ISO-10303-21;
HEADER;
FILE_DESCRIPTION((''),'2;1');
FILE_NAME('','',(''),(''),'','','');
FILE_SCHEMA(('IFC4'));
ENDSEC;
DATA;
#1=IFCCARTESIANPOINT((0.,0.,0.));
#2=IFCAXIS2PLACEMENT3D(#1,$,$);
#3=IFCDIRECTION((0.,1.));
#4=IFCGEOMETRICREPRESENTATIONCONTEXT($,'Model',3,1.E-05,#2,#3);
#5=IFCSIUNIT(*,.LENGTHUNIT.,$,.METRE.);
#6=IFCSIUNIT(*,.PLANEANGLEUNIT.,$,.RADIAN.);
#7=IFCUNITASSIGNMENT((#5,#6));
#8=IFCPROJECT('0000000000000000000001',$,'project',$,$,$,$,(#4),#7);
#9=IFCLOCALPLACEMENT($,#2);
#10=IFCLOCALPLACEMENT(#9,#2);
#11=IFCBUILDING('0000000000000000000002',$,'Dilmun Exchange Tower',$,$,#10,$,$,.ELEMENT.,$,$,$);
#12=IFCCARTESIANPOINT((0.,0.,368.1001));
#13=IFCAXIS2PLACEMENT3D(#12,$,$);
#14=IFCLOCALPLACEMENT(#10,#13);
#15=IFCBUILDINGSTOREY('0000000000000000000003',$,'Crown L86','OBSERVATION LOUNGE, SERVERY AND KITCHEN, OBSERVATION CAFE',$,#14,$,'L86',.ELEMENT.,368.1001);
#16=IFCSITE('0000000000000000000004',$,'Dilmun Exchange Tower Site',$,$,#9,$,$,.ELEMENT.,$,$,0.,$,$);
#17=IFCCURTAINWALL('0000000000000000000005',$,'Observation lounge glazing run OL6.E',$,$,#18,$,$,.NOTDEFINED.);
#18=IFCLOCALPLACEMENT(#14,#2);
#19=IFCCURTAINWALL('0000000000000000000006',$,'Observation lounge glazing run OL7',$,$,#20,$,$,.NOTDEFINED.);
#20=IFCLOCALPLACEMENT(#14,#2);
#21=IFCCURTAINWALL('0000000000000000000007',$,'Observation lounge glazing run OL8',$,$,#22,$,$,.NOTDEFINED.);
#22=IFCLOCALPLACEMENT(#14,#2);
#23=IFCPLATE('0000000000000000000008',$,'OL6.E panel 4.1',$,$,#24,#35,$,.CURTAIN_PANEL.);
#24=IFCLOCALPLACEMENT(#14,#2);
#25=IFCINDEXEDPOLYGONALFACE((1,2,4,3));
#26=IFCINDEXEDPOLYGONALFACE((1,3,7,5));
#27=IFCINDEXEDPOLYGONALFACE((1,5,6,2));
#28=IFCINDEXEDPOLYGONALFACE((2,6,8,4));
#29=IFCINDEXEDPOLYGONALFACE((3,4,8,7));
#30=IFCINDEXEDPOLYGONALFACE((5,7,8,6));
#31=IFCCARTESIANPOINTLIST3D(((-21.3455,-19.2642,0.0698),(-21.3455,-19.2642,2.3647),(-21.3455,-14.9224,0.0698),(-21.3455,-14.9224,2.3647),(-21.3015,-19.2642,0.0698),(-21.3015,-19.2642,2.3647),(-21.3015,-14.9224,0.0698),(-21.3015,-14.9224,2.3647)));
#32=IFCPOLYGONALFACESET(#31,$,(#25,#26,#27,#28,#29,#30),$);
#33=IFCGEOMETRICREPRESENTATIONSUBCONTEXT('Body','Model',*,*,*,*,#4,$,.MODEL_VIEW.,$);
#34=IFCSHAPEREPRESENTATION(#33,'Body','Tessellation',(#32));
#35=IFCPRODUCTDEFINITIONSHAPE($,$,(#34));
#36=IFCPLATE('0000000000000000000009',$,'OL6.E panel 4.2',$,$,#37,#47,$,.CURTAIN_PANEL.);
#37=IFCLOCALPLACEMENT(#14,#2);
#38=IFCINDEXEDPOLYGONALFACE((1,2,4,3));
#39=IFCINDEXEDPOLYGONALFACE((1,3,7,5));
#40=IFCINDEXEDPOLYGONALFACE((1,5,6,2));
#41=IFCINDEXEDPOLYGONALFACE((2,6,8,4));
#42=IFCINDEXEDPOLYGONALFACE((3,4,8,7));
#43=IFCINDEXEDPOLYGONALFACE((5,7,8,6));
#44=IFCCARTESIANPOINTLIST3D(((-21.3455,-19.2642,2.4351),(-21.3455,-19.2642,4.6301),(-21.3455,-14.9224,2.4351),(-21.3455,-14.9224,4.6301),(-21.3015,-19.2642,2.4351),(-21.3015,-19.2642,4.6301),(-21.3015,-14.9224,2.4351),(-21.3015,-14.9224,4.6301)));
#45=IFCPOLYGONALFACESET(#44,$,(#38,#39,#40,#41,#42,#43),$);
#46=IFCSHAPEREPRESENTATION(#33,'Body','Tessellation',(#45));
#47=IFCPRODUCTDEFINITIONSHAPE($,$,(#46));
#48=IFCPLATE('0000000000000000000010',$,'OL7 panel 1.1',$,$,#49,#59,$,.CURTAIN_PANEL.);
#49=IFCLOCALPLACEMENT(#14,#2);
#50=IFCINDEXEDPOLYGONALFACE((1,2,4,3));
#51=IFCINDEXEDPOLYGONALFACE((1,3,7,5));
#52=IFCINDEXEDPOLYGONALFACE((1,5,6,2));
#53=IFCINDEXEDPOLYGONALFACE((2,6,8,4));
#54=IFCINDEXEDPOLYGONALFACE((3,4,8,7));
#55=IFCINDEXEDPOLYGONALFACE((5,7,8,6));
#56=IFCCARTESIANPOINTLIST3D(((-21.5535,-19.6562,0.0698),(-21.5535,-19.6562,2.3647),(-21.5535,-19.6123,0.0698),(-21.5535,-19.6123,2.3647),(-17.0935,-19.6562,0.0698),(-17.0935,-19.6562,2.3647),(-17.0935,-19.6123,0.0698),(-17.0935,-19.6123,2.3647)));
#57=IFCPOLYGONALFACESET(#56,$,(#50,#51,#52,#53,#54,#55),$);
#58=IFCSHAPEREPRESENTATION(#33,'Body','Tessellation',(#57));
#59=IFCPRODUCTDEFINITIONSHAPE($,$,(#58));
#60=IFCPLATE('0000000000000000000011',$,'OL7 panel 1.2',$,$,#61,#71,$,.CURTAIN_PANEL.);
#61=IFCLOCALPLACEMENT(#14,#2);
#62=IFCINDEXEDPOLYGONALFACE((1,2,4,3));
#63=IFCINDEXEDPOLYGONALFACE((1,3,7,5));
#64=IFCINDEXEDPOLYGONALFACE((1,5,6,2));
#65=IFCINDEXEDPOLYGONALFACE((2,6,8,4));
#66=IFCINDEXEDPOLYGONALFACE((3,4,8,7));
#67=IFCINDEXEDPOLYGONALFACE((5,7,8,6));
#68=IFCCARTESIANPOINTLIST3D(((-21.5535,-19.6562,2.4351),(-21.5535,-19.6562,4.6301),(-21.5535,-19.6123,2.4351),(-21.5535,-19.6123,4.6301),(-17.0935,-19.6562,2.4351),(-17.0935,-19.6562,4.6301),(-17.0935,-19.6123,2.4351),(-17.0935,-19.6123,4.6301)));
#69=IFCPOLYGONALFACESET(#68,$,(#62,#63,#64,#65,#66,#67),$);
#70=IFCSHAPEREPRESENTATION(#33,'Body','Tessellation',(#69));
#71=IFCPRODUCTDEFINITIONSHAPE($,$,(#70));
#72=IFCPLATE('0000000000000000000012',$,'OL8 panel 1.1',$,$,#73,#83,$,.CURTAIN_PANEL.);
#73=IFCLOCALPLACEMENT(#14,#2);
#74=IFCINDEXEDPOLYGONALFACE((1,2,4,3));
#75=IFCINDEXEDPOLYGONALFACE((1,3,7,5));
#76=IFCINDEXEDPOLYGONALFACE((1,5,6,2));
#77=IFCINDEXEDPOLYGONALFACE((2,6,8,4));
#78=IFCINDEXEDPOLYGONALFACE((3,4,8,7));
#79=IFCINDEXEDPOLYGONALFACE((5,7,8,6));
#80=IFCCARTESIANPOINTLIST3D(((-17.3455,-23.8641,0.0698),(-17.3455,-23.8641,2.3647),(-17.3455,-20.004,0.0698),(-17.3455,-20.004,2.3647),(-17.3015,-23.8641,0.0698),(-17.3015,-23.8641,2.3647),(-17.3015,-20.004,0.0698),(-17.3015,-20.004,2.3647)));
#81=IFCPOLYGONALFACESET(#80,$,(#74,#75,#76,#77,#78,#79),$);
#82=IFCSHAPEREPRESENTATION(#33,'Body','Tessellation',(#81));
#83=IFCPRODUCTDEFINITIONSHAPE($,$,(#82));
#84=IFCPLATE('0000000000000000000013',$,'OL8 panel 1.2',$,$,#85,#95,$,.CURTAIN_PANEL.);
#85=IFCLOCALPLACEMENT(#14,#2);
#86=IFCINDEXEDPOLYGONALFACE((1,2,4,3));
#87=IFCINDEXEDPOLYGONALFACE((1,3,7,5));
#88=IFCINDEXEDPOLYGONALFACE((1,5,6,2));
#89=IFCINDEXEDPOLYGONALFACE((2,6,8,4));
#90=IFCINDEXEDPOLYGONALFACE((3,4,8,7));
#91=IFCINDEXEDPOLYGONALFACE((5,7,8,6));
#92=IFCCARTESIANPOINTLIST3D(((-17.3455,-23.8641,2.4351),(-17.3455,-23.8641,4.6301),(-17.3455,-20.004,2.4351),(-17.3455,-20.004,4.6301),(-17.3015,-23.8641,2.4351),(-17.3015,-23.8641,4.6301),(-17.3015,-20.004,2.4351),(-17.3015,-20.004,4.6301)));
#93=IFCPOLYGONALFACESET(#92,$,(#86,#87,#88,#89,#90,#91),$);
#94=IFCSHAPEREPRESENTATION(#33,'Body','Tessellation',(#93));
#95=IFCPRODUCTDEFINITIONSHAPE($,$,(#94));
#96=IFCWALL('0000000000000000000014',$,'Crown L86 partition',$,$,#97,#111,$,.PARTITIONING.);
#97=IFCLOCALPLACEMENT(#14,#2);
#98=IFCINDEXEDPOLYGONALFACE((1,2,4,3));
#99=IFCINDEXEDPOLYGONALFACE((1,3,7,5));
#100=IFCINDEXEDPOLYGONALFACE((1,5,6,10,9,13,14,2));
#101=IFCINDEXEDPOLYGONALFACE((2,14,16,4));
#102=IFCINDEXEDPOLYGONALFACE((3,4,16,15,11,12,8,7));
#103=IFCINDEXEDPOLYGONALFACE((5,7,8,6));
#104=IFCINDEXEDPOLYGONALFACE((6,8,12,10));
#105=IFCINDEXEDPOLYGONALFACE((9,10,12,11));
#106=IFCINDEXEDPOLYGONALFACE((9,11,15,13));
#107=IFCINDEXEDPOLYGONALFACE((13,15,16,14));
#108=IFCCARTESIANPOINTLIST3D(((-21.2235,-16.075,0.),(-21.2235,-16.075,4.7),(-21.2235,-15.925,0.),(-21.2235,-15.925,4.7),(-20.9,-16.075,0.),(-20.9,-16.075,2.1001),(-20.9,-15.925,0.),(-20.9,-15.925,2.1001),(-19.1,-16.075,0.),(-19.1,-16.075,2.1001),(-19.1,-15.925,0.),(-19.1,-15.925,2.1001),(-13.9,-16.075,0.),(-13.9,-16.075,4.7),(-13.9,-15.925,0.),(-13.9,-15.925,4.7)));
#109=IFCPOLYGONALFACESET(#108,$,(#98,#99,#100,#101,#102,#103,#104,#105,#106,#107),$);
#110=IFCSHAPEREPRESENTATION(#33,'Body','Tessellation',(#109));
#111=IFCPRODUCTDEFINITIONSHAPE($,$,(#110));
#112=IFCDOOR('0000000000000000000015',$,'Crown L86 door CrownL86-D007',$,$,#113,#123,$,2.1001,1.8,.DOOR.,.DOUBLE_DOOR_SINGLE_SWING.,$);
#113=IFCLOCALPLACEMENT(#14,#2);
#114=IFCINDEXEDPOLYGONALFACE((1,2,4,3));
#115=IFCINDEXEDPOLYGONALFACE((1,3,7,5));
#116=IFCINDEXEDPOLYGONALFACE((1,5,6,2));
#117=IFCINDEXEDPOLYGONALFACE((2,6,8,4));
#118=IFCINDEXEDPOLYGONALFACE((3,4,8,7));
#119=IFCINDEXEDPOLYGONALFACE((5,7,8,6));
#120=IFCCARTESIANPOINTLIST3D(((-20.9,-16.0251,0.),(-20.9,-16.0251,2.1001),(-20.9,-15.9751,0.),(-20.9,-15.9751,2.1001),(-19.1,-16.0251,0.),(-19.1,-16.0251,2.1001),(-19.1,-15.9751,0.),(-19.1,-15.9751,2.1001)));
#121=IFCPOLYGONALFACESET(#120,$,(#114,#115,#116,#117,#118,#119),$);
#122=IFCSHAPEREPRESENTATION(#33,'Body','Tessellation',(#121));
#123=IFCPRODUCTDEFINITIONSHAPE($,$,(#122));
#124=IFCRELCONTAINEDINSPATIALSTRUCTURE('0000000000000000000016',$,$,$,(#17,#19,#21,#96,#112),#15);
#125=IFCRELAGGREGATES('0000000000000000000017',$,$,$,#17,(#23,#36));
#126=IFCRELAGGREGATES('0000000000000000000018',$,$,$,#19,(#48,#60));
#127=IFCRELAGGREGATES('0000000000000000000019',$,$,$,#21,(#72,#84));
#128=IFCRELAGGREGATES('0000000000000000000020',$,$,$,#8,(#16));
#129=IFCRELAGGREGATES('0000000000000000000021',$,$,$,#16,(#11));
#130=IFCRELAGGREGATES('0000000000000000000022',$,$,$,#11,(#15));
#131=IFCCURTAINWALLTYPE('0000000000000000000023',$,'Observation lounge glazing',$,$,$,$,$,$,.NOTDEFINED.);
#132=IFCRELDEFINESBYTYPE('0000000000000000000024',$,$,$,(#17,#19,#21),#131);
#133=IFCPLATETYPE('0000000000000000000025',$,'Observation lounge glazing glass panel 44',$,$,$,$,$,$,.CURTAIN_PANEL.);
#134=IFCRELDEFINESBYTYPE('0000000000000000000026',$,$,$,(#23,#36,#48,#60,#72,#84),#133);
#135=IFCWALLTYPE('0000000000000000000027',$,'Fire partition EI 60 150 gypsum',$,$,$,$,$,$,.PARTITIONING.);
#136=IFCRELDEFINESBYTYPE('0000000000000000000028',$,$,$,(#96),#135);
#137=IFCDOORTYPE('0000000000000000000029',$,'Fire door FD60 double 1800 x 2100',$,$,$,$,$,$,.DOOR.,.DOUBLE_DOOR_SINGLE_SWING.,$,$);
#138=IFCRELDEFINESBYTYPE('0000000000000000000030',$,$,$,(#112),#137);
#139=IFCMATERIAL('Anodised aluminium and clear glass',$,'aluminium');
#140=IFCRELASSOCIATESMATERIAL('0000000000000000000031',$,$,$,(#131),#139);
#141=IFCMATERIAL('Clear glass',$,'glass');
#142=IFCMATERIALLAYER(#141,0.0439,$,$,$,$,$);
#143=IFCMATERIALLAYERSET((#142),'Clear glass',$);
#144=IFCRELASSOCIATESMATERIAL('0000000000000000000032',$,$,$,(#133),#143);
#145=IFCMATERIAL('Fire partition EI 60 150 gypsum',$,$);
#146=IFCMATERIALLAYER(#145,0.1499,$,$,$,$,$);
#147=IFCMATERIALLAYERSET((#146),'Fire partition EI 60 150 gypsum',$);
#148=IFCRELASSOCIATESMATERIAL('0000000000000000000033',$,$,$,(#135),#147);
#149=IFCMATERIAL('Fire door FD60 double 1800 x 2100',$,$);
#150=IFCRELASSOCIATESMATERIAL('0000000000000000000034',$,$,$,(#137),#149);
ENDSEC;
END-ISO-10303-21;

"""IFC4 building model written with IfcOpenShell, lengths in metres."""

from ifc_helpers import new_model, si_unit, direction, frame, frame_2d, origin, origin_2d, place, context, subcontext, project, spatial, rectangle, extrude, material, layer, layer_set, type_object, element, fill, aggregate, save


model = new_model("IFC4")

# Units and contexts
model_context = context("Model", 3, precision=1e-05, world=origin(), true_north=direction((0.0, 1.0)))
body_context = subcontext(model_context, "Body", "Model", "MODEL_VIEW")
ifc_project = project(units=[si_unit("LENGTHUNIT", "METRE"), si_unit("PLANEANGLEUNIT", "RADIAN")], contexts=[model_context])

# Site, building, storey
site_placement = place(None, origin())
site = spatial("IfcSite", under=ifc_project, at=site_placement, Name="Dilmun Exchange Tower Site", CompositionType="ELEMENT", RefElevation=0.0)
building_placement = place(site_placement, origin())
building = spatial("IfcBuilding", under=site, at=building_placement, Name="Dilmun Exchange Tower", CompositionType="ELEMENT")
storey_placement = place(building_placement, frame((0.0, 0.0, 368.1001)))
storey = spatial("IfcBuildingStorey", under=building, at=storey_placement, Name="Crown L86", Description="OBSERVATION LOUNGE, SERVERY AND KITCHEN, OBSERVATION CAFE", LongName="L86", CompositionType="ELEMENT", Elevation=368.1001)

# Curtain wall
ifc_material_1 = material(Name="Anodised aluminium and clear glass", Category="aluminium")
curtain_wall_type = type_object("IfcCurtainWallType", Name="Observation lounge glazing", PredefinedType="NOTDEFINED", material=ifc_material_1)
curtain_wall_1_placement = place(storey_placement, origin())
curtain_wall_1 = element("IfcCurtainWall", 1, at=curtain_wall_1_placement, inside=storey, type_object=curtain_wall_type, Name="Observation lounge glazing run OL6.E", PredefinedType="NOTDEFINED")

# Curtain walls
curtain_wall_2_placement = place(storey_placement, origin())
curtain_wall_2 = element("IfcCurtainWall", 2, at=curtain_wall_2_placement, inside=storey, type_object=curtain_wall_type, Name="Observation lounge glazing run OL7", PredefinedType="NOTDEFINED")
curtain_wall_3_placement = place(storey_placement, origin())
curtain_wall_3 = element("IfcCurtainWall", 3, at=curtain_wall_3_placement, inside=storey, type_object=curtain_wall_type, Name="Observation lounge glazing run OL8", PredefinedType="NOTDEFINED")

# Plates
ifc_material_2 = material(Name="Clear glass", Category="glass")
ifc_layer_1 = layer(ifc_material_2, 0.0439)
ifc_layer_set_1 = layer_set([ifc_layer_1], Name="Clear glass")
plate_type = type_object("IfcPlateType", Name="Observation lounge glazing glass panel 44", PredefinedType="CURTAIN_PANEL", material=ifc_layer_set_1)
plate_1_placement = place(storey_placement, frame((-21.3235, -17.0933, 0.0698), z_axis=(0.0, 0.0, 1.0), x_axis=(0.0, -1.0, 0.0)))
plate_1 = element("IfcPlate", 4, at=plate_1_placement, type_object=plate_type, Name="OL6.E panel 4.1", PredefinedType="CURTAIN_PANEL", context=body_context, shape_type="SweptSolid", body=[
    extrude(rectangle(XDim=4.3418, YDim=0.0439, at=origin_2d()), origin(), (0.0, 0.0, 1.0), 2.2949),
])
plate_2_placement = place(storey_placement, frame((-21.3235, -17.0933, 2.4351), z_axis=(0.0, 0.0, 1.0), x_axis=(0.0, -1.0, 0.0)))
plate_2 = element("IfcPlate", 5, at=plate_2_placement, type_object=plate_type, Name="OL6.E panel 4.2", PredefinedType="CURTAIN_PANEL", context=body_context, shape_type="SweptSolid", body=[
    extrude(rectangle(XDim=4.3418, YDim=0.0439, at=origin_2d()), origin(), (0.0, 0.0, 1.0), 2.1951),
])
aggregate(curtain_wall_1, [plate_1, plate_2])
plate_3_placement = place(storey_placement, frame((-19.3235, -19.6343, 0.0698), z_axis=(0.0, 0.0, 1.0), x_axis=(1.0, 0.0, 0.0)))
plate_3 = element("IfcPlate", 6, at=plate_3_placement, type_object=plate_type, Name="OL7 panel 1.1", PredefinedType="CURTAIN_PANEL", context=body_context, shape_type="SweptSolid", body=[
    extrude(rectangle(XDim=4.46, YDim=0.0439, at=origin_2d()), origin(), (0.0, 0.0, 1.0), 2.2949),
])
plate_4_placement = place(storey_placement, frame((-19.3235, -19.6343, 2.4351), z_axis=(0.0, 0.0, 1.0), x_axis=(1.0, 0.0, 0.0)))
plate_4 = element("IfcPlate", 7, at=plate_4_placement, type_object=plate_type, Name="OL7 panel 1.2", PredefinedType="CURTAIN_PANEL", context=body_context, shape_type="SweptSolid", body=[
    extrude(rectangle(XDim=4.46, YDim=0.0439, at=origin_2d()), origin(), (0.0, 0.0, 1.0), 2.1951),
])
aggregate(curtain_wall_2, [plate_3, plate_4])
plate_5_placement = place(storey_placement, frame((-17.3235, -21.9341, 0.0698), z_axis=(0.0, 0.0, 1.0), x_axis=(0.0, -1.0, 0.0)))
plate_5 = element("IfcPlate", 8, at=plate_5_placement, type_object=plate_type, Name="OL8 panel 1.1", PredefinedType="CURTAIN_PANEL", context=body_context, shape_type="SweptSolid", body=[
    extrude(rectangle(XDim=3.8601, YDim=0.0439, at=origin_2d()), origin(), (0.0, 0.0, 1.0), 2.2949),
])
plate_6_placement = place(storey_placement, frame((-17.3235, -21.9341, 2.4351), z_axis=(0.0, 0.0, 1.0), x_axis=(0.0, -1.0, 0.0)))
plate_6 = element("IfcPlate", 9, at=plate_6_placement, type_object=plate_type, Name="OL8 panel 1.2", PredefinedType="CURTAIN_PANEL", context=body_context, shape_type="SweptSolid", body=[
    extrude(rectangle(XDim=3.8601, YDim=0.0439, at=origin_2d()), origin(), (0.0, 0.0, 1.0), 2.1951),
])
aggregate(curtain_wall_3, [plate_5, plate_6])

# Wall, opening, door
ifc_material_3 = material(Name="Fire partition EI 60 150 gypsum")
ifc_layer_2 = layer(ifc_material_3, 0.1499)
ifc_layer_set_2 = layer_set([ifc_layer_2], Name="Fire partition EI 60 150 gypsum")
wall_type = type_object("IfcWallType", Name="Fire partition EI 60 150 gypsum", PredefinedType="PARTITIONING", material=ifc_layer_set_2)
wall_placement = place(storey_placement, frame((-21.2234, -16.0, 0.0), z_axis=(0.0, 0.0, 1.0), x_axis=(1.0, 0.0, 0.0)))
wall = element("IfcWall", 10, at=wall_placement, inside=storey, type_object=wall_type, Name="Crown L86 partition", PredefinedType="PARTITIONING", context=body_context, shape_type="SweptSolid", body=[
    extrude(rectangle(XDim=7.3235, YDim=0.1499, at=frame_2d((3.6616, 0.0))), origin(), (0.0, 0.0, 1.0), 4.7),
])
opening_placement = place(wall_placement, frame((0.3235, 0.0, 0.0)))
opening = element("IfcOpeningElement", 11, at=opening_placement, cuts=wall, PredefinedType="OPENING", context=body_context, shape_type="SweptSolid", body=[
    extrude(rectangle(XDim=1.8, YDim=2.1001, at=frame_2d((0.8999, 1.05))), frame((0.0, 0.085, 0.0), z_axis=(0.0, -1.0, 0.0), x_axis=(1.0, 0.0, 0.0)), (0.0, 0.0, 1.0), 0.1699),
])
ifc_material_4 = material(Name="Fire door FD60 double 1800 x 2100")
door_type = type_object("IfcDoorType", Name="Fire door FD60 double 1800 x 2100", OperationType="DOUBLE_DOOR_SINGLE_SWING", PredefinedType="DOOR", material=ifc_material_4)
door_placement = place(opening_placement, origin())
door = element("IfcDoor", 12, at=door_placement, inside=storey, type_object=door_type, Name="Crown L86 door CrownL86-D007", OperationType="DOUBLE_DOOR_SINGLE_SWING", OverallHeight=2.1001, OverallWidth=1.8, PredefinedType="DOOR", context=body_context, shape_type="SweptSolid", body=[
    extrude(rectangle(XDim=1.8, YDim=2.1001, at=frame_2d((0.8999, 1.05))), frame((0.0, 0.0249, 0.0), z_axis=(0.0, -1.0, 0.0), x_axis=(1.0, 0.0, 0.0)), (0.0, 0.0, 1.0), 0.05),
])
fill(opening, door)

save(model, "model.ifc")
